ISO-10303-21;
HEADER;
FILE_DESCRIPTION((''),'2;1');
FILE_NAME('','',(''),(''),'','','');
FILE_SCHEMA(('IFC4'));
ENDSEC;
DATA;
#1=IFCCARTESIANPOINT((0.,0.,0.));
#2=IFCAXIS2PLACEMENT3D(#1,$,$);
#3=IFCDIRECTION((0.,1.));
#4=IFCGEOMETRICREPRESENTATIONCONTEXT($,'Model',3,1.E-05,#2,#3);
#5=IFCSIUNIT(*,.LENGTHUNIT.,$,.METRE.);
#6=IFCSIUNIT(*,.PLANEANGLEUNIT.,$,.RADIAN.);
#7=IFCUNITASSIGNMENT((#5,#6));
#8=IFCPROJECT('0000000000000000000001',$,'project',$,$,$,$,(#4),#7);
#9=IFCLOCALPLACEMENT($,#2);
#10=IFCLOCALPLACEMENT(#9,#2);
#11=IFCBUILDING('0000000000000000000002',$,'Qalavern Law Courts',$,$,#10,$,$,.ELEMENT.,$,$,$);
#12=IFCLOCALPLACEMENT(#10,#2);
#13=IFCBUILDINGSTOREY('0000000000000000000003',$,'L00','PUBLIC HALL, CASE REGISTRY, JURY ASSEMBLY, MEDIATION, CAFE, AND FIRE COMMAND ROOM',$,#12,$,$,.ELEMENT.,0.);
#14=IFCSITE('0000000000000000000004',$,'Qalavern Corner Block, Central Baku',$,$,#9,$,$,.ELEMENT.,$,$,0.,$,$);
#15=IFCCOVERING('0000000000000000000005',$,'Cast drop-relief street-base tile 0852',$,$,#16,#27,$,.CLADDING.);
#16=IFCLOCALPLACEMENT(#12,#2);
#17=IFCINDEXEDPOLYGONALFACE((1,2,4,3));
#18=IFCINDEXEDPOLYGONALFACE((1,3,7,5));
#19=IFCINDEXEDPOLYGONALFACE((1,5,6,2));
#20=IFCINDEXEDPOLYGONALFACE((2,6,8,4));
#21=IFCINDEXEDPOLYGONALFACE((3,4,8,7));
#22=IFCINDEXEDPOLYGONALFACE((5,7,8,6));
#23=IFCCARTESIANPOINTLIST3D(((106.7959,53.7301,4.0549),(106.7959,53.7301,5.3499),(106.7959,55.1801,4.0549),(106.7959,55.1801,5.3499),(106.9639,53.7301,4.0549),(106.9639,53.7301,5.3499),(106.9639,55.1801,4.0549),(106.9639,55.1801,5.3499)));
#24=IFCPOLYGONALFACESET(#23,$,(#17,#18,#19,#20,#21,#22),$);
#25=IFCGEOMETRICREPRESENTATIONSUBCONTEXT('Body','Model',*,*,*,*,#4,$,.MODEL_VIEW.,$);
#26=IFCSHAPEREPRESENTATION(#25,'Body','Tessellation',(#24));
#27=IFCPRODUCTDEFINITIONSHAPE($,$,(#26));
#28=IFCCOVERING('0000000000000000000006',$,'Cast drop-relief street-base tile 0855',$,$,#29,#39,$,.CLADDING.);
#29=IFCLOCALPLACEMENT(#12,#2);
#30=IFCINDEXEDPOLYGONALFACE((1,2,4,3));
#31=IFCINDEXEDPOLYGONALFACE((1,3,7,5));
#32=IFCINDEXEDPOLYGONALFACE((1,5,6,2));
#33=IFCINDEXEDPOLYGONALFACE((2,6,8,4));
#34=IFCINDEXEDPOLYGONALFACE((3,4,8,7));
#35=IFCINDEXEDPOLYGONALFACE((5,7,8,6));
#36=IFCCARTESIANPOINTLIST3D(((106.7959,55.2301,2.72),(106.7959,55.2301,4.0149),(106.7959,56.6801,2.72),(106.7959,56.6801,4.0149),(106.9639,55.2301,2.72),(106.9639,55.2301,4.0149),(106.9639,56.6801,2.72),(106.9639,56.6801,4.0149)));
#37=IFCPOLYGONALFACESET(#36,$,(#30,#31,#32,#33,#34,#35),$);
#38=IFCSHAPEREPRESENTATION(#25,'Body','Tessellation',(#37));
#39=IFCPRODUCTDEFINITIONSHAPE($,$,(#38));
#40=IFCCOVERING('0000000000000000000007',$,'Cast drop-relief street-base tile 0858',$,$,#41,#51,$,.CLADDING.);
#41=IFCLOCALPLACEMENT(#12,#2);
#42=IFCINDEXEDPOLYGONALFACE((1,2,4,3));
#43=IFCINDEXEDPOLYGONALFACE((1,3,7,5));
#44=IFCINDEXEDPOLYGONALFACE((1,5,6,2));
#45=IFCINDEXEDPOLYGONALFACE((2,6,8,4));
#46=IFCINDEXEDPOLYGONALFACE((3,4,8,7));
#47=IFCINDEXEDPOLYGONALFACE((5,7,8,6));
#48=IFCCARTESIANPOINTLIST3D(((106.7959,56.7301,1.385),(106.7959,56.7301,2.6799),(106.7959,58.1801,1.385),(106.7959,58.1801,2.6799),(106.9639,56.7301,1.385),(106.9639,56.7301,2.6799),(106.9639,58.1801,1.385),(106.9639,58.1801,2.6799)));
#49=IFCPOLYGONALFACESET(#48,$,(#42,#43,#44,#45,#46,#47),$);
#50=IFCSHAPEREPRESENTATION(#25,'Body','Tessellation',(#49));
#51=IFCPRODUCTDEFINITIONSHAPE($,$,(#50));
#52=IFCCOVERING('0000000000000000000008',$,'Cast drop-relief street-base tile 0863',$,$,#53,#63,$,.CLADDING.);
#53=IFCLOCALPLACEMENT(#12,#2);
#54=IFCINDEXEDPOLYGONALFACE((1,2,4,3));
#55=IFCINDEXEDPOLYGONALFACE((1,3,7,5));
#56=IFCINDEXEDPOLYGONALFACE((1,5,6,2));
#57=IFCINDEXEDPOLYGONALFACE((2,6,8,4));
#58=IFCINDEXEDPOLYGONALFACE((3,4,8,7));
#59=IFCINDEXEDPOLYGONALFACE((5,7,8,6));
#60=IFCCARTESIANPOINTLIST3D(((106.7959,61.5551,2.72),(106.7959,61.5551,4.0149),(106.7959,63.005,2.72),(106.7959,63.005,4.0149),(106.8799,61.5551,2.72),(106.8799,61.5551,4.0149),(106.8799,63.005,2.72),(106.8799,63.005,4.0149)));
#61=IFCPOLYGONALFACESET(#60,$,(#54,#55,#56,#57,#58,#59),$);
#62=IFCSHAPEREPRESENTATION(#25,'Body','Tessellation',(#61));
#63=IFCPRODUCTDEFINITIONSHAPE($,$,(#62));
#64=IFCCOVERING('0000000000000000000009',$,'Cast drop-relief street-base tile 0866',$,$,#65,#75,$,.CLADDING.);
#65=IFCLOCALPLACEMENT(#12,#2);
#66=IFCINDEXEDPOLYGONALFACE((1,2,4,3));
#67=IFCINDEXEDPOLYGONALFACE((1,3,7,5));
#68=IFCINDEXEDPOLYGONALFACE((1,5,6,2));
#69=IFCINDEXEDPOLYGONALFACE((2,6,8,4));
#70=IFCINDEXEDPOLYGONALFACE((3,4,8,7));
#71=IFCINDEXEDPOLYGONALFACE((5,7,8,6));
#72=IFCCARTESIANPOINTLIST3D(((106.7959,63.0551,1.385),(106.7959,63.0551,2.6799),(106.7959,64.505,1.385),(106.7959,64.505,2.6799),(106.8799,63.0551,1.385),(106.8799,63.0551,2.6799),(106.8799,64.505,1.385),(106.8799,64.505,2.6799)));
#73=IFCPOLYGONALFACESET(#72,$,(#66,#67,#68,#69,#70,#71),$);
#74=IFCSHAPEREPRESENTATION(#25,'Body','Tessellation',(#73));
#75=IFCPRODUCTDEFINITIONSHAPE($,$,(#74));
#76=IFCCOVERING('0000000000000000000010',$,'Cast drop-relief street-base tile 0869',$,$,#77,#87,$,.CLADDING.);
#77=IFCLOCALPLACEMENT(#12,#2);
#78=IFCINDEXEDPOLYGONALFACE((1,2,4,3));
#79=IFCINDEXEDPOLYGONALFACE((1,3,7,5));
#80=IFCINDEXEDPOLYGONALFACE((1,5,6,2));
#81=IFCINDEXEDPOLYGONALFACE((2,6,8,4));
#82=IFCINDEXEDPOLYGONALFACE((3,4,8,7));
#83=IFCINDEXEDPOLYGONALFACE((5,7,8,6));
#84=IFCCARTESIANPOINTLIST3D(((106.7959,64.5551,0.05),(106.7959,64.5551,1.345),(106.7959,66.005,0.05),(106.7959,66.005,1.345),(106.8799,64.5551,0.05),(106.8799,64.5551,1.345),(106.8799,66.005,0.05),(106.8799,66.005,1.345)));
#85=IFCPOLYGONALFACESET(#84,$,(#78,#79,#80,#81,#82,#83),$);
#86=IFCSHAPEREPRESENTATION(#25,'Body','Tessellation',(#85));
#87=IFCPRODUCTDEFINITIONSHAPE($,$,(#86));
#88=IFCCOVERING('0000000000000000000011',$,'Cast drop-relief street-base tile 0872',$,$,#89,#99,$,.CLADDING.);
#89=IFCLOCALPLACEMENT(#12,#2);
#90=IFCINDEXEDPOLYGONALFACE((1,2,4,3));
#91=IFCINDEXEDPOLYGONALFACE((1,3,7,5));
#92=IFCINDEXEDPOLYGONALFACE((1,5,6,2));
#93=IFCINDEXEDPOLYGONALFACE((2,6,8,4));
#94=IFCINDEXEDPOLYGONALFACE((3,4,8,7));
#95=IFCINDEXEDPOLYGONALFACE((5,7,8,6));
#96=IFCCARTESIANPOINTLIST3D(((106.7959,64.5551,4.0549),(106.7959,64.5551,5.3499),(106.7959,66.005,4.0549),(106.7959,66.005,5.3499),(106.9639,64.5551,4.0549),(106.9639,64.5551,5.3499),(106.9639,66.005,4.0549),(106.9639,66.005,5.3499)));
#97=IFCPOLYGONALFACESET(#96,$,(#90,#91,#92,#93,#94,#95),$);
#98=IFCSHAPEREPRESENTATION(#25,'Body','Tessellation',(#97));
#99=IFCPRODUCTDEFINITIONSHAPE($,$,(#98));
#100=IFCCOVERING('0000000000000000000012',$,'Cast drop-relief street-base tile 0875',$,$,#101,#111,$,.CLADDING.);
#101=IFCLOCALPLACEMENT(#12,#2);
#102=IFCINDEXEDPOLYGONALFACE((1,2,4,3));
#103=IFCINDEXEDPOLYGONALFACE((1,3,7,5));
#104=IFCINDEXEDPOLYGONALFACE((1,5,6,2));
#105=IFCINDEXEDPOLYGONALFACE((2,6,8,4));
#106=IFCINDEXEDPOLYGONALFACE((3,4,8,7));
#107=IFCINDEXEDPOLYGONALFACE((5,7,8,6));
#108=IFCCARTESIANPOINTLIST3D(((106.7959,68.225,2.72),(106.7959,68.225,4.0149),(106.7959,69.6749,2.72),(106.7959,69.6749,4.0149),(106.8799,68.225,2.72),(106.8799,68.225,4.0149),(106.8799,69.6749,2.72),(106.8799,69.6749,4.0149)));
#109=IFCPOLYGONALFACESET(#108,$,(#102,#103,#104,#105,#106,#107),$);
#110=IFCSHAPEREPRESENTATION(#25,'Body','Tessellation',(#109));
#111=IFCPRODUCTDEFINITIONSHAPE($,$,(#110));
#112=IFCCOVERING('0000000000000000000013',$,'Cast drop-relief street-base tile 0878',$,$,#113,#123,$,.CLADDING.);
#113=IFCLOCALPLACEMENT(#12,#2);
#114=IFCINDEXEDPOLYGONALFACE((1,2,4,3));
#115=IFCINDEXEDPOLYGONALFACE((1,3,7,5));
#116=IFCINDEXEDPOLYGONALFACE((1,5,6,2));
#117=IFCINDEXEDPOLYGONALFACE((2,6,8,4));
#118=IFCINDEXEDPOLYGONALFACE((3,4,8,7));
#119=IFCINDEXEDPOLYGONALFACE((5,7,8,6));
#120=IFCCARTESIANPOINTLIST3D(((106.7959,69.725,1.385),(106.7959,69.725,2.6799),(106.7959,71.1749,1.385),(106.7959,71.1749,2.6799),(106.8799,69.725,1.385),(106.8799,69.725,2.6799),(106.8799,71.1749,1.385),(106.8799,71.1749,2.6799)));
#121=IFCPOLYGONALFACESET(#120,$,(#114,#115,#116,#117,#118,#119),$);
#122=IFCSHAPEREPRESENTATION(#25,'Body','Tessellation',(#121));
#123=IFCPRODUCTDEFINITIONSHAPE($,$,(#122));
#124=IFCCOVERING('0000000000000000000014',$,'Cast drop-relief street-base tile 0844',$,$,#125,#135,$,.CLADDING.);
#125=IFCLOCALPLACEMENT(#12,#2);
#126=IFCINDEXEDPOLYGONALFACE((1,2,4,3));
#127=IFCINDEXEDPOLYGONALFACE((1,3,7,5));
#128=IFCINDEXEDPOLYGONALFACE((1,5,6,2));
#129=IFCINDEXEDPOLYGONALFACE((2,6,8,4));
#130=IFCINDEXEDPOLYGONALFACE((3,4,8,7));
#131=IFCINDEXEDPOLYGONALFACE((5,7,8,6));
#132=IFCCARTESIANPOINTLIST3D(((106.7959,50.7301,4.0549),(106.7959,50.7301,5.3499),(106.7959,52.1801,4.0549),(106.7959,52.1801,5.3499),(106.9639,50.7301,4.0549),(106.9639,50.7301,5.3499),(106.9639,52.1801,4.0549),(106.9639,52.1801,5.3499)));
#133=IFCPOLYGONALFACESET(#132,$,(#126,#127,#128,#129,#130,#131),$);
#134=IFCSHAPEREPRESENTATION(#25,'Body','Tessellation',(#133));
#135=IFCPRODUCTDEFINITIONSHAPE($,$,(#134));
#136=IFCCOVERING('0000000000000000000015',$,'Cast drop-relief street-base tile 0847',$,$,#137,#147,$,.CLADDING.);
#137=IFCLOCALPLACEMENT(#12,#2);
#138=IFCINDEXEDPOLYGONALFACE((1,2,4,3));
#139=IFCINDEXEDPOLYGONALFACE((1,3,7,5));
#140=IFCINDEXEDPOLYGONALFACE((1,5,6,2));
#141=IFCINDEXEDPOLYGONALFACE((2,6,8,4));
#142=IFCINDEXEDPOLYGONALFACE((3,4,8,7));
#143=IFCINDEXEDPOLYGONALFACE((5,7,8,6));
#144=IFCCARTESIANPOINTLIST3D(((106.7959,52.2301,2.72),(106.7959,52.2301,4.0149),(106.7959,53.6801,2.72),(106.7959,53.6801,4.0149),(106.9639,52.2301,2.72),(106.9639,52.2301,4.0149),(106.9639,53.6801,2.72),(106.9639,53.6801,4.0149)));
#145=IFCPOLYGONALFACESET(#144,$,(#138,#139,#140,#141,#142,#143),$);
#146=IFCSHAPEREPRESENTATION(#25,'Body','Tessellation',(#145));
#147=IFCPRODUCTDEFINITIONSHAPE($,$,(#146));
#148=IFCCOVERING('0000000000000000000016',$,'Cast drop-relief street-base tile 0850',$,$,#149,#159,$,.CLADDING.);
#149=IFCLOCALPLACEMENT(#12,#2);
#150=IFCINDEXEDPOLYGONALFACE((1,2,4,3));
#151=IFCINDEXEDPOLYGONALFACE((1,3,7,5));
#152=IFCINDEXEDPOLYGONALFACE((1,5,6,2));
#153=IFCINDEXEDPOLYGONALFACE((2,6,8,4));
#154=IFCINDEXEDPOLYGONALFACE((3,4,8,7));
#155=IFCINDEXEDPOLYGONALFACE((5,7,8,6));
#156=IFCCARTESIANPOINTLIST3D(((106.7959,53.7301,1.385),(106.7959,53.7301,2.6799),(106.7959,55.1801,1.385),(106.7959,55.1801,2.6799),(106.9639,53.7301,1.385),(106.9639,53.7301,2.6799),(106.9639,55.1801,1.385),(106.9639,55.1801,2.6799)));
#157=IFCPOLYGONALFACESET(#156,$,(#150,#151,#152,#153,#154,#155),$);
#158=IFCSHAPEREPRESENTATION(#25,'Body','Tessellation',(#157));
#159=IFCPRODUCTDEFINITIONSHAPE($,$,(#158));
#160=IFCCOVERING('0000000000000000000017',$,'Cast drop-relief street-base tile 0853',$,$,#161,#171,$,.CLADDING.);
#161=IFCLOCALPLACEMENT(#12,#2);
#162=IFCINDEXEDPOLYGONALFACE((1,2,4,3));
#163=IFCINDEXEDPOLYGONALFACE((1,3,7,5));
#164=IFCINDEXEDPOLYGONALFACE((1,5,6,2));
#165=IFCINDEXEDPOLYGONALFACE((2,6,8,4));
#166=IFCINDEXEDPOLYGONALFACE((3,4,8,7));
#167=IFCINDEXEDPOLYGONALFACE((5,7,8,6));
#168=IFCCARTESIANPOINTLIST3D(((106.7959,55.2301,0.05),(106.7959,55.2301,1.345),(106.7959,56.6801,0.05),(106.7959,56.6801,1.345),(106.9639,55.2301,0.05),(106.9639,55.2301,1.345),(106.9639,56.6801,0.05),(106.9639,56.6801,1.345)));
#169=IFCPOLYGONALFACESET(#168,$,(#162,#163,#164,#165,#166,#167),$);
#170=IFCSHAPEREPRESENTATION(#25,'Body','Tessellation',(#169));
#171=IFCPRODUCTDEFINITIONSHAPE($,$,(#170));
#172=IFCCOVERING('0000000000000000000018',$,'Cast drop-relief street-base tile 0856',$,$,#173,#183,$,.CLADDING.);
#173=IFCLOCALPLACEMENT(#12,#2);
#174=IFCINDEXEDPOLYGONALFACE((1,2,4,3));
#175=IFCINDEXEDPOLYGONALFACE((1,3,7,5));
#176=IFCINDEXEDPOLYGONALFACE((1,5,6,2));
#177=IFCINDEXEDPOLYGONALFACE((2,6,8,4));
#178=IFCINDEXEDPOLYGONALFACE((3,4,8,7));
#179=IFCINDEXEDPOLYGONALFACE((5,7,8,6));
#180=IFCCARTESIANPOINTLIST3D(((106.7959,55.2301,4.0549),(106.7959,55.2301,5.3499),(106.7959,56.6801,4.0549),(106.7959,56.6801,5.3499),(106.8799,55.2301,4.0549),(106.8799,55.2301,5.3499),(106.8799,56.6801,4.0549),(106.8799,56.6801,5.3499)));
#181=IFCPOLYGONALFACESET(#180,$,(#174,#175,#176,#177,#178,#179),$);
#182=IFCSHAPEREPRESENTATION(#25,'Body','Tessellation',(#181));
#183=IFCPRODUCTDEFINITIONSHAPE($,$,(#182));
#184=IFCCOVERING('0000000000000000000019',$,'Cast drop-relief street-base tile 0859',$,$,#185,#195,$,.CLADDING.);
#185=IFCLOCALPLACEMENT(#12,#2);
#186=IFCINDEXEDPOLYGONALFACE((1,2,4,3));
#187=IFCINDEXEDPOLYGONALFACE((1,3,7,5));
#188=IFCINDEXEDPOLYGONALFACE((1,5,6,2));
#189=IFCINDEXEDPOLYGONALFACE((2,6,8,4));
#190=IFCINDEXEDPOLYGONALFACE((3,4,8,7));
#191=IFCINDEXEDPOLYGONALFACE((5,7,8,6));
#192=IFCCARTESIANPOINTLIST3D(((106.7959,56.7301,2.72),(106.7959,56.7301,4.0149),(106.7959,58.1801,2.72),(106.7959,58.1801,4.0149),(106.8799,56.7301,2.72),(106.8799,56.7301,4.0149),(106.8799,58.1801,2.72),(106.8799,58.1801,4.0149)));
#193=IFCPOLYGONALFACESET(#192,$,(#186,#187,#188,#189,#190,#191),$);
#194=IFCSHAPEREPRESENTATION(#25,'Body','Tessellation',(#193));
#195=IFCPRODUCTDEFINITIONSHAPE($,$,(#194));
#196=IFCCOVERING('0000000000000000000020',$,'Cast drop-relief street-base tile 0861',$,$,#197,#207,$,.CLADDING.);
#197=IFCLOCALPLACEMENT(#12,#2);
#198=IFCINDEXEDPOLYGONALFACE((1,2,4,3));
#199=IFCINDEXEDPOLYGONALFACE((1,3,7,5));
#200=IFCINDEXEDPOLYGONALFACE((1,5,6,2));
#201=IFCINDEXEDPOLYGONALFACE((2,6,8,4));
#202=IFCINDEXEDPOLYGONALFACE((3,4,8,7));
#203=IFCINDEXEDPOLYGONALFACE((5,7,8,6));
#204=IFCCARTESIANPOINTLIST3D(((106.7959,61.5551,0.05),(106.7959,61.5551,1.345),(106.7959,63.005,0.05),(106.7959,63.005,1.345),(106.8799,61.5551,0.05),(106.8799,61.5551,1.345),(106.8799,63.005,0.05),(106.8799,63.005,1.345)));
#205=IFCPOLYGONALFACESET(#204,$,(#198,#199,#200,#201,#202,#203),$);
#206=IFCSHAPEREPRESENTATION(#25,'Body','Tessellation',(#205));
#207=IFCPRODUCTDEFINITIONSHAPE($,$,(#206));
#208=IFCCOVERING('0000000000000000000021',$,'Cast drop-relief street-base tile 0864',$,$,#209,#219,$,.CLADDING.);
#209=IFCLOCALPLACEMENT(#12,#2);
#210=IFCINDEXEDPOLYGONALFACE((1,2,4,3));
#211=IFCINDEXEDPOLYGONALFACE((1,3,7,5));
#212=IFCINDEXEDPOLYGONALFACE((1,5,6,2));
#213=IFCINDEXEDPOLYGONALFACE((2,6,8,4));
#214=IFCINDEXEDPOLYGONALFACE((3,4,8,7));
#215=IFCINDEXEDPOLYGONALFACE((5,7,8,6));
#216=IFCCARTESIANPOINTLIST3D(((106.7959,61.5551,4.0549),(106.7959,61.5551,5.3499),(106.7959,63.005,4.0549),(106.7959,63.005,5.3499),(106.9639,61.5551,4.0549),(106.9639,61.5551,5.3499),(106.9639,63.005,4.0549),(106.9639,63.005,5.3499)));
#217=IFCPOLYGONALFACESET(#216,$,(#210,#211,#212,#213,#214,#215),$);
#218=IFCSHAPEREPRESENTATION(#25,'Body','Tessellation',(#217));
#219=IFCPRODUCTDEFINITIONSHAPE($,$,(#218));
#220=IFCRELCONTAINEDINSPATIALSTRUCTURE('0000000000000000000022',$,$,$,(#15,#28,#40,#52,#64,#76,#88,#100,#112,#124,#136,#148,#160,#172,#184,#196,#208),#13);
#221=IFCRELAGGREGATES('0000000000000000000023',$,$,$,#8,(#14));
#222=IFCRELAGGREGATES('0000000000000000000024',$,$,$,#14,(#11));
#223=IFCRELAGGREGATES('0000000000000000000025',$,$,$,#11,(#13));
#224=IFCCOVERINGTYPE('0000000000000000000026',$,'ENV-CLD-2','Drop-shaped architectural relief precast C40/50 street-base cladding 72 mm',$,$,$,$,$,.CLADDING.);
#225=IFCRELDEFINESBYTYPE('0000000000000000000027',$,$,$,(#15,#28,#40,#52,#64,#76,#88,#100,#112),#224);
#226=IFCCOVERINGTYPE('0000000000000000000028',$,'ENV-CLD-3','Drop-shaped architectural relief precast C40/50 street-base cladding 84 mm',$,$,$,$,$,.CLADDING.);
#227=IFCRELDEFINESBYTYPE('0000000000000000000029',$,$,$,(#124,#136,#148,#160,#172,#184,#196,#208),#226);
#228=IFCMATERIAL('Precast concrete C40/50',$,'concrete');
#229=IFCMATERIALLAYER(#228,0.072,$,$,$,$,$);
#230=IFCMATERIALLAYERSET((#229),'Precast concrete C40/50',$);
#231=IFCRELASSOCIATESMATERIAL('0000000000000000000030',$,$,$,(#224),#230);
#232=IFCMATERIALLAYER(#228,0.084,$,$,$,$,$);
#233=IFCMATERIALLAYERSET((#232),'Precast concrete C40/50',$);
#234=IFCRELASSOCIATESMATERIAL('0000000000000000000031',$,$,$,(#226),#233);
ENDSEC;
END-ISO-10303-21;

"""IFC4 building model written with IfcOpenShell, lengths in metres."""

from ifc_helpers import new_model, si_unit, direction, frame, origin, origin_2d, place, context, subcontext, project, spatial, rectangle, extrude, material, layer, layer_set, type_object, element, save


model = new_model("IFC4")

# Units and contexts
model_context = context("Model", 3, precision=1e-05, world=origin(), true_north=direction((0.0, 1.0)))
body_context = subcontext(model_context, "Body", "Model", "MODEL_VIEW")
ifc_project = project(units=[si_unit("LENGTHUNIT", "METRE"), si_unit("PLANEANGLEUNIT", "RADIAN")], contexts=[model_context])

# Site, building, storey
site_placement = place(None, origin())
site = spatial("IfcSite", under=ifc_project, at=site_placement, Name="Qalavern Corner Block, Central Baku", CompositionType="ELEMENT", RefElevation=0.0)
building_placement = place(site_placement, origin())
building = spatial("IfcBuilding", under=site, at=building_placement, Name="Qalavern Law Courts", CompositionType="ELEMENT")
storey_placement = place(building_placement, origin())
storey = spatial("IfcBuildingStorey", under=building, at=storey_placement, Name="L00", Description="PUBLIC HALL, CASE REGISTRY, JURY ASSEMBLY, MEDIATION, CAFE, AND FIRE COMMAND ROOM", CompositionType="ELEMENT", Elevation=0.0)

# Coverings
ifc_material = material(Name="Precast concrete C40/50", Category="concrete")
ifc_layer_1 = layer(ifc_material, 0.072)
ifc_layer_set_1 = layer_set([ifc_layer_1], Name="Precast concrete C40/50")
covering_type_1 = type_object("IfcCoveringType", Name="ENV-CLD-2", Description="Drop-shaped architectural relief precast C40/50 street-base cladding 72 mm", PredefinedType="CLADDING", material=ifc_layer_set_1)
for number, where, z_axis, x_axis, name in (
    (1, (106.8799, 54.4551, 4.0549), (0.0, 0.0, 1.0), (0.0, 1.0, 0.0), "Cast drop-relief street-base tile 0852"),
    (2, (106.8799, 55.9551, 2.72), (0.0, 0.0, 1.0), (0.0, 1.0, 0.0), "Cast drop-relief street-base tile 0855"),
    (3, (106.8799, 57.4551, 1.385), (0.0, 0.0, 1.0), (0.0, 1.0, 0.0), "Cast drop-relief street-base tile 0858"),
):
    element("IfcCovering", number, at=place(storey_placement, frame(where, z_axis=z_axis, x_axis=x_axis)), inside=storey, type_object=covering_type_1, Name=name, PredefinedType="CLADDING", context=body_context, shape_type="SweptSolid", body=[
        extrude(rectangle(XDim=1.45, YDim=0.168, at=origin_2d()), origin(), (0.0, 0.0, 1.0), 1.2949),
    ])
for number, where, z_axis, x_axis, name in (
    (4, (106.8379, 62.28, 2.72), (0.0, 0.0, 1.0), (0.0, 1.0, 0.0), "Cast drop-relief street-base tile 0863"),
    (5, (106.8379, 63.78, 1.385), (0.0, 0.0, 1.0), (0.0, 1.0, 0.0), "Cast drop-relief street-base tile 0866"),
    (6, (106.8379, 65.28, 0.05), (0.0, 0.0, 1.0), (0.0, 1.0, 0.0), "Cast drop-relief street-base tile 0869"),
):
    element("IfcCovering", number, at=place(storey_placement, frame(where, z_axis=z_axis, x_axis=x_axis)), inside=storey, type_object=covering_type_1, Name=name, PredefinedType="CLADDING", context=body_context, shape_type="SweptSolid", body=[
        extrude(rectangle(XDim=1.45, YDim=0.084, at=origin_2d()), origin(), (0.0, 0.0, 1.0), 1.2949),
    ])
covering_1_placement = place(storey_placement, frame((106.8799, 65.28, 4.0549), z_axis=(0.0, 0.0, 1.0), x_axis=(0.0, 1.0, 0.0)))
element("IfcCovering", 7, at=covering_1_placement, inside=storey, type_object=covering_type_1, Name="Cast drop-relief street-base tile 0872", PredefinedType="CLADDING", context=body_context, shape_type="SweptSolid", body=[
    extrude(rectangle(XDim=1.45, YDim=0.168, at=origin_2d()), origin(), (0.0, 0.0, 1.0), 1.2949),
])
for number, where, z_axis, x_axis, name in (
    (8, (106.8379, 68.95, 2.72), (0.0, 0.0, 1.0), (0.0, 1.0, 0.0), "Cast drop-relief street-base tile 0875"),
    (9, (106.8379, 70.45, 1.385), (0.0, 0.0, 1.0), (0.0, 1.0, 0.0), "Cast drop-relief street-base tile 0878"),
):
    element("IfcCovering", number, at=place(storey_placement, frame(where, z_axis=z_axis, x_axis=x_axis)), inside=storey, type_object=covering_type_1, Name=name, PredefinedType="CLADDING", context=body_context, shape_type="SweptSolid", body=[
        extrude(rectangle(XDim=1.45, YDim=0.084, at=origin_2d()), origin(), (0.0, 0.0, 1.0), 1.2949),
    ])
ifc_layer_2 = layer(ifc_material, 0.084)
ifc_layer_set_2 = layer_set([ifc_layer_2], Name="Precast concrete C40/50")
covering_type_2 = type_object("IfcCoveringType", Name="ENV-CLD-3", Description="Drop-shaped architectural relief precast C40/50 street-base cladding 84 mm", PredefinedType="CLADDING", material=ifc_layer_set_2)
for number, where, z_axis, x_axis, name in (
    (10, (106.8799, 51.4551, 4.0549), (0.0, 0.0, 1.0), (0.0, 1.0, 0.0), "Cast drop-relief street-base tile 0844"),
    (11, (106.8799, 52.9551, 2.72), (0.0, 0.0, 1.0), (0.0, 1.0, 0.0), "Cast drop-relief street-base tile 0847"),
    (12, (106.8799, 54.4551, 1.385), (0.0, 0.0, 1.0), (0.0, 1.0, 0.0), "Cast drop-relief street-base tile 0850"),
    (13, (106.8799, 55.9551, 0.05), (0.0, 0.0, 1.0), (0.0, 1.0, 0.0), "Cast drop-relief street-base tile 0853"),
):
    element("IfcCovering", number, at=place(storey_placement, frame(where, z_axis=z_axis, x_axis=x_axis)), inside=storey, type_object=covering_type_2, Name=name, PredefinedType="CLADDING", context=body_context, shape_type="SweptSolid", body=[
        extrude(rectangle(XDim=1.45, YDim=0.168, at=origin_2d()), origin(), (0.0, 0.0, 1.0), 1.2949),
    ])
for number, where, z_axis, x_axis, name in (
    (14, (106.8379, 55.9551, 4.0549), (0.0, 0.0, 1.0), (0.0, 1.0, 0.0), "Cast drop-relief street-base tile 0856"),
    (15, (106.8379, 57.4551, 2.72), (0.0, 0.0, 1.0), (0.0, 1.0, 0.0), "Cast drop-relief street-base tile 0859"),
    (16, (106.8379, 62.28, 0.05), (0.0, 0.0, 1.0), (0.0, 1.0, 0.0), "Cast drop-relief street-base tile 0861"),
):
    element("IfcCovering", number, at=place(storey_placement, frame(where, z_axis=z_axis, x_axis=x_axis)), inside=storey, type_object=covering_type_2, Name=name, PredefinedType="CLADDING", context=body_context, shape_type="SweptSolid", body=[
        extrude(rectangle(XDim=1.45, YDim=0.084, at=origin_2d()), origin(), (0.0, 0.0, 1.0), 1.2949),
    ])
for number, where, z_axis, x_axis, name in (
    (17, (106.8799, 62.28, 4.0549), (0.0, 0.0, 1.0), (0.0, 1.0, 0.0), "Cast drop-relief street-base tile 0864"),
):
    element("IfcCovering", number, at=place(storey_placement, frame(where, z_axis=z_axis, x_axis=x_axis)), inside=storey, type_object=covering_type_2, Name=name, PredefinedType="CLADDING", context=body_context, shape_type="SweptSolid", body=[
        extrude(rectangle(XDim=1.45, YDim=0.168, at=origin_2d()), origin(), (0.0, 0.0, 1.0), 1.2949),
    ])

save(model, "model.ifc")
